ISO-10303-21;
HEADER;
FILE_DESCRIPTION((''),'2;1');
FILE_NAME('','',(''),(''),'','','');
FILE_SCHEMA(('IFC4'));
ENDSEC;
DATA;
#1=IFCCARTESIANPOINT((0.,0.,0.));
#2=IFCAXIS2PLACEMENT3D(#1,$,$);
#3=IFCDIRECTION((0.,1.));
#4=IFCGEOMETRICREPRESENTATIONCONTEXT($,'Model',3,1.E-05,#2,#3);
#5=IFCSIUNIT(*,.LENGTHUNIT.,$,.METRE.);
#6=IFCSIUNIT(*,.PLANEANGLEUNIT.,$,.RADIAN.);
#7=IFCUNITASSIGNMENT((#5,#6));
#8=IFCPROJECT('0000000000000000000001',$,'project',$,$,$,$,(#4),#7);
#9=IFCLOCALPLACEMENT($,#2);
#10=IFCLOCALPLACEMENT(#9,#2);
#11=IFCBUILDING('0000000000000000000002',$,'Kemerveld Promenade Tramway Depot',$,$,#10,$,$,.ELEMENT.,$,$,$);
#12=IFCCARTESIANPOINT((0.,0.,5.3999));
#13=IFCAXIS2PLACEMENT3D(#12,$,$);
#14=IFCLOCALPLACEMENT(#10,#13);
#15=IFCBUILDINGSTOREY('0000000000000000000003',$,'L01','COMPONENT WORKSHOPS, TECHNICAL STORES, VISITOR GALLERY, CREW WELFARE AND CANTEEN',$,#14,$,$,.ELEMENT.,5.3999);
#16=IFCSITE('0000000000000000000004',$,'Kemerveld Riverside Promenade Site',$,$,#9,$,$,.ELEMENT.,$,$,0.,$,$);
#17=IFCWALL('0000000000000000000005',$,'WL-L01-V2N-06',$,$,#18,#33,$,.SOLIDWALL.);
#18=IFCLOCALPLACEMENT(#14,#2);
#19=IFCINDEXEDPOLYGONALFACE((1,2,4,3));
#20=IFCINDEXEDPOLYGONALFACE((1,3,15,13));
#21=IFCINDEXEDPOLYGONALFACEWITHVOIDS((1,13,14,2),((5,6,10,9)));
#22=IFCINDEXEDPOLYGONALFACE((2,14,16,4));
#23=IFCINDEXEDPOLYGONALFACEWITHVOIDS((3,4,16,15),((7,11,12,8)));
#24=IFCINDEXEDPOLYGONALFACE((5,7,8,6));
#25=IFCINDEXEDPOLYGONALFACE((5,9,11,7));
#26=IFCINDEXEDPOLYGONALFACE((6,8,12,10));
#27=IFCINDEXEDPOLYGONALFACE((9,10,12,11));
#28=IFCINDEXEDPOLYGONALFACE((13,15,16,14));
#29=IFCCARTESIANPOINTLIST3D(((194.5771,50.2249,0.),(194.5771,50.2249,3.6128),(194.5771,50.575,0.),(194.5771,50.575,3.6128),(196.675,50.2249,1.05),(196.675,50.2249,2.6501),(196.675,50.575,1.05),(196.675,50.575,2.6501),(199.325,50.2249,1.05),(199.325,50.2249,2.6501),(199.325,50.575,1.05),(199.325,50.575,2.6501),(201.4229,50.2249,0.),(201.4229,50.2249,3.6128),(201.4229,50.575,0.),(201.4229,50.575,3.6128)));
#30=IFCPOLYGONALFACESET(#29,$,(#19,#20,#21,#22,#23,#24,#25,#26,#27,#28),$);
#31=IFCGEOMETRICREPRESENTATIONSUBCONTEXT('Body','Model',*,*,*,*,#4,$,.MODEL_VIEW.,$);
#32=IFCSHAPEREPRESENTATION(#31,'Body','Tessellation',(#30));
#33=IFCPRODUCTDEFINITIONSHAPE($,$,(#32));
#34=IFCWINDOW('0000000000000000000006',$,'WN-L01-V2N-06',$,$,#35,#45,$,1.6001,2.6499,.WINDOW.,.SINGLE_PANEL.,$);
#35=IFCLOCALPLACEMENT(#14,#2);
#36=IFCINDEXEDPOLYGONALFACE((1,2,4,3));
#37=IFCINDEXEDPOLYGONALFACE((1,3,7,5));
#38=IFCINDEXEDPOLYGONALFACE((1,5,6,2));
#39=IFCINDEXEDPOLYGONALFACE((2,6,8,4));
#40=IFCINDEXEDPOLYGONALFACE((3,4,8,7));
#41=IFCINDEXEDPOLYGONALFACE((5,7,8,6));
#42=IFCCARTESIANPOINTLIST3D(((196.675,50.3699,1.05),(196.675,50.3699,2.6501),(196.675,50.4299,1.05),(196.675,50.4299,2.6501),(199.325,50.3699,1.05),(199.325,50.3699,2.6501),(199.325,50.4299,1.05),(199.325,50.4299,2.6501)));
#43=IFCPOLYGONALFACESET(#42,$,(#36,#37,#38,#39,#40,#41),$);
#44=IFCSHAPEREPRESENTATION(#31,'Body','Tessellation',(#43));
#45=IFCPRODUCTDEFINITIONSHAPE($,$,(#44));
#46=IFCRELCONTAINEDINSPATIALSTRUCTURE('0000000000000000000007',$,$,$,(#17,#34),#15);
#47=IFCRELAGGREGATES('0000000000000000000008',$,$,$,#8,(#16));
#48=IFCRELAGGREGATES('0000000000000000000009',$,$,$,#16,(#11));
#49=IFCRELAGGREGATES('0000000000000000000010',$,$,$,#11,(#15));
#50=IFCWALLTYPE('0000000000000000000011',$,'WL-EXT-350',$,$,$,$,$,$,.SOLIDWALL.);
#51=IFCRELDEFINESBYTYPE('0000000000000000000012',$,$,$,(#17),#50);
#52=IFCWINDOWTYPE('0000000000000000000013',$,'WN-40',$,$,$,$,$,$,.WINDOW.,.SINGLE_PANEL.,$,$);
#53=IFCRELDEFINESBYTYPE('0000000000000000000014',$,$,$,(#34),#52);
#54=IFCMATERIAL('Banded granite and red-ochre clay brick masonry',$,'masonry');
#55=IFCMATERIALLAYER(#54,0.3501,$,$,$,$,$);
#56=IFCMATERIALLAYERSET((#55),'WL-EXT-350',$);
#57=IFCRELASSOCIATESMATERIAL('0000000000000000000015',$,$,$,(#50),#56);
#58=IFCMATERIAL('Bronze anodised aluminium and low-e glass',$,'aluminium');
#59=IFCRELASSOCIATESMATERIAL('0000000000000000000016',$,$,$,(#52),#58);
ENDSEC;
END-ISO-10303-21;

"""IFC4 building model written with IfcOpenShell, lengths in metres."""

from ifc_helpers import new_model, si_unit, direction, frame, frame_2d, origin, place, context, subcontext, project, spatial, rectangle, extrude, material, layer, layer_set, type_object, element, fill, save


model = new_model("IFC4")

# Units and contexts
model_context = context("Model", 3, precision=1e-05, world=origin(), true_north=direction((0.0, 1.0)))
body_context = subcontext(model_context, "Body", "Model", "MODEL_VIEW")
ifc_project = project(units=[si_unit("LENGTHUNIT", "METRE"), si_unit("PLANEANGLEUNIT", "RADIAN")], contexts=[model_context])

# Site, building, storey
site_placement = place(None, origin())
site = spatial("IfcSite", under=ifc_project, at=site_placement, Name="Kemerveld Riverside Promenade Site", CompositionType="ELEMENT", RefElevation=0.0)
building_placement = place(site_placement, origin())
building = spatial("IfcBuilding", under=site, at=building_placement, Name="Kemerveld Promenade Tramway Depot", CompositionType="ELEMENT")
storey_placement = place(building_placement, frame((0.0, 0.0, 5.3999)))
storey = spatial("IfcBuildingStorey", under=building, at=storey_placement, Name="L01", Description="COMPONENT WORKSHOPS, TECHNICAL STORES, VISITOR GALLERY, CREW WELFARE AND CANTEEN", CompositionType="ELEMENT", Elevation=5.3999)

# Wall, opening, window
ifc_material_1 = material(Name="Banded granite and red-ochre clay brick masonry", Category="masonry")
ifc_layer_1 = layer(ifc_material_1, 0.3501)
ifc_layer_set_1 = layer_set([ifc_layer_1], Name="WL-EXT-350")
wall_type = type_object("IfcWallType", Name="WL-EXT-350", PredefinedType="SOLIDWALL", material=ifc_layer_set_1)
wall_placement = place(storey_placement, frame((194.5771, 50.3999, 0.0), z_axis=(0.0, 0.0, 1.0), x_axis=(1.0, 0.0, 0.0)))
wall = element("IfcWall", 1, at=wall_placement, inside=storey, type_object=wall_type, Name="WL-L01-V2N-06", PredefinedType="SOLIDWALL", context=body_context, shape_type="SweptSolid", body=[
    extrude(rectangle(XDim=6.8457, YDim=0.3501, at=frame_2d((3.4229, 0.0))), origin(), (0.0, 0.0, 1.0), 3.6128),
])
opening_placement = place(wall_placement, frame((2.0979, 0.0, 1.05)))
opening = element("IfcOpeningElement", 2, at=opening_placement, cuts=wall, PredefinedType="OPENING", context=body_context, shape_type="SweptSolid", body=[
    extrude(rectangle(XDim=2.6499, YDim=1.6001, at=frame_2d((1.325, 0.8))), frame((0.0, 0.1851, 0.0), z_axis=(0.0, -1.0, 0.0), x_axis=(1.0, 0.0, 0.0)), (0.0, 0.0, 1.0), 0.3701),
])
ifc_material_2 = material(Name="Bronze anodised aluminium and low-e glass", Category="aluminium")
window_type = type_object("IfcWindowType", Name="WN-40", PartitioningType="SINGLE_PANEL", PredefinedType="WINDOW", material=ifc_material_2)
window_placement = place(opening_placement, origin())
window = element("IfcWindow", 3, at=window_placement, inside=storey, type_object=window_type, Name="WN-L01-V2N-06", OverallHeight=1.6001, OverallWidth=2.6499, PartitioningType="SINGLE_PANEL", PredefinedType="WINDOW", context=body_context, shape_type="SweptSolid", body=[
    extrude(rectangle(XDim=2.6499, YDim=1.6001, at=frame_2d((1.325, 0.8))), frame((0.0, 0.03, 0.0), z_axis=(0.0, -1.0, 0.0), x_axis=(1.0, 0.0, 0.0)), (0.0, 0.0, 1.0), 0.0601),
])
fill(opening, window)

save(model, "model.ifc")
